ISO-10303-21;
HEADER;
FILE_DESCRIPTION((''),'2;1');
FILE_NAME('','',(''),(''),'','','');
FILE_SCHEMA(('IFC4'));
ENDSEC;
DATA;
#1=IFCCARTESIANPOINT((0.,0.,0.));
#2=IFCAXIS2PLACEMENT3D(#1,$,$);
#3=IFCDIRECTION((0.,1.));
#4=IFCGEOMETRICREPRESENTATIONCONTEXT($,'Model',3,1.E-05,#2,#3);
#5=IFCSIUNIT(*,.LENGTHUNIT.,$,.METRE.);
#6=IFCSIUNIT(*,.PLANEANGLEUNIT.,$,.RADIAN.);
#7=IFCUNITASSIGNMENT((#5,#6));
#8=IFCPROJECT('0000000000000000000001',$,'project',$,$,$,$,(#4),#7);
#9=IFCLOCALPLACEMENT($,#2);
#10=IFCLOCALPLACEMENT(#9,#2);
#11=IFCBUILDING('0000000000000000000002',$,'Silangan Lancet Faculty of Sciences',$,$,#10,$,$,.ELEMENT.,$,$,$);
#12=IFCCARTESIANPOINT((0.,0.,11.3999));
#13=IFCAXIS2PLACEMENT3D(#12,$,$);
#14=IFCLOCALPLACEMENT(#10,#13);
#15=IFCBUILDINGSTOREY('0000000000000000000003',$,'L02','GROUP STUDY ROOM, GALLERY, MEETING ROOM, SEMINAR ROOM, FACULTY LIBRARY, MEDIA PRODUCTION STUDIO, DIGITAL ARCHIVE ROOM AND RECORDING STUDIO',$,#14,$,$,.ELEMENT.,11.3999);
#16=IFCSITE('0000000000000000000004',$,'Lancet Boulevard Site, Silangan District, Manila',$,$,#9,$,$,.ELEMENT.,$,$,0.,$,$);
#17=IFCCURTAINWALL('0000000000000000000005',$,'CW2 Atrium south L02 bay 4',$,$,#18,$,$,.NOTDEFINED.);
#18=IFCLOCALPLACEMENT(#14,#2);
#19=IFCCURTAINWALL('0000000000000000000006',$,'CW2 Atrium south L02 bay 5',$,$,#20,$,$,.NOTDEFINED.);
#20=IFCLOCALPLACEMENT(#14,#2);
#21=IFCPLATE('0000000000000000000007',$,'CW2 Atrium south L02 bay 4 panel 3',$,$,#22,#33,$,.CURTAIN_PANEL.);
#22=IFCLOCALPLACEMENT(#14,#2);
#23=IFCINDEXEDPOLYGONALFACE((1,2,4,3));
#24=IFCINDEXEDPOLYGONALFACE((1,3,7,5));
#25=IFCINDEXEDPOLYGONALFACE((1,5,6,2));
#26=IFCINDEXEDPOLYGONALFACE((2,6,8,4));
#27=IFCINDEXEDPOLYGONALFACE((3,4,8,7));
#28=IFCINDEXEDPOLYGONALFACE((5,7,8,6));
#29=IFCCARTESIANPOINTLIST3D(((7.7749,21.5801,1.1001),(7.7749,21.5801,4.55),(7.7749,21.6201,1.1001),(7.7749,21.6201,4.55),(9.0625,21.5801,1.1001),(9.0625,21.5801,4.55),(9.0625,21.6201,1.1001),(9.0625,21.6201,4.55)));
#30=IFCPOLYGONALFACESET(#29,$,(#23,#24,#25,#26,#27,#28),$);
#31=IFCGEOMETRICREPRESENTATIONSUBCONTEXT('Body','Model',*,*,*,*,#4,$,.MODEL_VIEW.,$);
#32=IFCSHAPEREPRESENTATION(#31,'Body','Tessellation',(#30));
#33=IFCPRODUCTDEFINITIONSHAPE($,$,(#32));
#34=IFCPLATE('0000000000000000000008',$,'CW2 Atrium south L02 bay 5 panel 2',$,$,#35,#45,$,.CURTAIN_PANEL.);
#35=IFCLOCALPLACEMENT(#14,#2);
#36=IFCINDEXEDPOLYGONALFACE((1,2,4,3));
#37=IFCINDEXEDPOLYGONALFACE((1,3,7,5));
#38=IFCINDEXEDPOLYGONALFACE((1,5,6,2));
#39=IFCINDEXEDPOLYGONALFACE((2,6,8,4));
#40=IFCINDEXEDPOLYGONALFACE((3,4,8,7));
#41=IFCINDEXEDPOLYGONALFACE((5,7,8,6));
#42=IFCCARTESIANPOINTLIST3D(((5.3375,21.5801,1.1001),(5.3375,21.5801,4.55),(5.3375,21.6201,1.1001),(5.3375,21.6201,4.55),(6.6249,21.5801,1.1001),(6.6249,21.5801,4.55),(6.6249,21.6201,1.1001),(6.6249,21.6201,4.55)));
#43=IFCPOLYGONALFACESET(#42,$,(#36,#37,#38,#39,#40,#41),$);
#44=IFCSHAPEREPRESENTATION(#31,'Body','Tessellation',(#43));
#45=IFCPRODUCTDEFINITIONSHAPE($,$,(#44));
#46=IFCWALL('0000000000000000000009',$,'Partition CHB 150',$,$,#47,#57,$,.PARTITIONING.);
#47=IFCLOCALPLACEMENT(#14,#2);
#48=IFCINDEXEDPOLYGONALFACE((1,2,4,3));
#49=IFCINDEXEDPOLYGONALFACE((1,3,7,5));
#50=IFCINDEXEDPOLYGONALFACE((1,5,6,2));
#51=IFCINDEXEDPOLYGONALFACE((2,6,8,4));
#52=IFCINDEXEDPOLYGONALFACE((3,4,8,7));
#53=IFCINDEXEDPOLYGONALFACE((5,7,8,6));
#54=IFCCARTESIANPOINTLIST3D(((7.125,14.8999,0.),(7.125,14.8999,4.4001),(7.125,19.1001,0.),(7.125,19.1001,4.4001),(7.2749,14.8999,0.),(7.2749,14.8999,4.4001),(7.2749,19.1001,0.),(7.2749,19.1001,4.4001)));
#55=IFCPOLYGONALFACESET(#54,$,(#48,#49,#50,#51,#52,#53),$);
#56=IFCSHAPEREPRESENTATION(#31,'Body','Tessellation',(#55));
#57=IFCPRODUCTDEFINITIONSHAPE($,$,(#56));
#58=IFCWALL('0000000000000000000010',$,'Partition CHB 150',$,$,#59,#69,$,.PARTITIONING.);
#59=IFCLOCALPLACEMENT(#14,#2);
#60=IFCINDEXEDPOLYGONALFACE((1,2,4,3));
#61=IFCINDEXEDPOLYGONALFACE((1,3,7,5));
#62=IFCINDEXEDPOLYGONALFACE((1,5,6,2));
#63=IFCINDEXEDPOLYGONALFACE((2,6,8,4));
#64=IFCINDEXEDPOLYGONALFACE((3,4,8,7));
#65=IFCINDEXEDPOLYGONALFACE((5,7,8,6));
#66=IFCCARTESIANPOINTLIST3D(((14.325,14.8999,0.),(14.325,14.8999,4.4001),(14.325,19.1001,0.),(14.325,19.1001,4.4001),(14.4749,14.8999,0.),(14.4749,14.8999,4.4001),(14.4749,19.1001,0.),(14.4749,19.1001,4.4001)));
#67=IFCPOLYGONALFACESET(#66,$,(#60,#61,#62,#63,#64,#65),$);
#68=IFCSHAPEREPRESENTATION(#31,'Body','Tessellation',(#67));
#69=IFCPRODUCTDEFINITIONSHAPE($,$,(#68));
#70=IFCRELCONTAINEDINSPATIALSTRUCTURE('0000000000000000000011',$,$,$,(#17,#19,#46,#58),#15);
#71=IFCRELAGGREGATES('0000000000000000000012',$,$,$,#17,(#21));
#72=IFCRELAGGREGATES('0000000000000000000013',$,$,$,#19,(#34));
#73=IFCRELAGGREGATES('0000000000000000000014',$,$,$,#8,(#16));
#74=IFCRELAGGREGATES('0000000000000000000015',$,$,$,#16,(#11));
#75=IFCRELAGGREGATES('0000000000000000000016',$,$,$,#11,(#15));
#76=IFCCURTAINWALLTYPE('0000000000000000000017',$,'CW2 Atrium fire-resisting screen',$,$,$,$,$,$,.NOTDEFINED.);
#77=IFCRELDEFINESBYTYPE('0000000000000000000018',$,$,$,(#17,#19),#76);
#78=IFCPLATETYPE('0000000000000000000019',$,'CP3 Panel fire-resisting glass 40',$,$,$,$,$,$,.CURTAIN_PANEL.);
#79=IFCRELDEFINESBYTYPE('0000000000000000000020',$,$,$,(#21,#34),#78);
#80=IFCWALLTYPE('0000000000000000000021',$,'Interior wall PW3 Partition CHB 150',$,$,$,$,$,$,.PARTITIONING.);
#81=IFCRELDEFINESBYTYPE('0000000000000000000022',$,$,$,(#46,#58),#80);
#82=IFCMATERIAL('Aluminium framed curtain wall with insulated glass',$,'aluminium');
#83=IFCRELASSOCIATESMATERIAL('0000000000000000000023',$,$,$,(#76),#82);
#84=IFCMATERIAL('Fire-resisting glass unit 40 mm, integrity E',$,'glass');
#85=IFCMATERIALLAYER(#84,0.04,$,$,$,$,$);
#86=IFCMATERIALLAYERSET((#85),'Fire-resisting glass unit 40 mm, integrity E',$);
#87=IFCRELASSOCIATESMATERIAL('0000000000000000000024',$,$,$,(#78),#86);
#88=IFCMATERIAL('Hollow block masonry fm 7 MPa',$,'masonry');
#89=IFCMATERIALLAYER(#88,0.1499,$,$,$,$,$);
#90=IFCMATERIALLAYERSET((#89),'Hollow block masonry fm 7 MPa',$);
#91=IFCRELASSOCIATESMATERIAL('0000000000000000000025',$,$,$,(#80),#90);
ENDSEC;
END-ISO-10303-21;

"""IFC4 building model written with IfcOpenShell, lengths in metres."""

from ifc_helpers import new_model, si_unit, direction, frame, frame_2d, origin, origin_2d, place, context, subcontext, project, spatial, rectangle, extrude, material, layer, layer_set, type_object, element, aggregate, save


model = new_model("IFC4")

# Units and contexts
model_context = context("Model", 3, precision=1e-05, world=origin(), true_north=direction((0.0, 1.0)))
body_context = subcontext(model_context, "Body", "Model", "MODEL_VIEW")
ifc_project = project(units=[si_unit("LENGTHUNIT", "METRE"), si_unit("PLANEANGLEUNIT", "RADIAN")], contexts=[model_context])

# Site, building, storey
site_placement = place(None, origin())
site = spatial("IfcSite", under=ifc_project, at=site_placement, Name="Lancet Boulevard Site, Silangan District, Manila", CompositionType="ELEMENT", RefElevation=0.0)
building_placement = place(site_placement, origin())
building = spatial("IfcBuilding", under=site, at=building_placement, Name="Silangan Lancet Faculty of Sciences", CompositionType="ELEMENT")
storey_placement = place(building_placement, frame((0.0, 0.0, 11.3999)))
storey = spatial("IfcBuildingStorey", under=building, at=storey_placement, Name="L02", Description="GROUP STUDY ROOM, GALLERY, MEETING ROOM, SEMINAR ROOM, FACULTY LIBRARY, MEDIA PRODUCTION STUDIO, DIGITAL ARCHIVE ROOM AND RECORDING STUDIO", CompositionType="ELEMENT", Elevation=11.3999)

# Shared definitions
ifc_material_1 = material(Name="Aluminium framed curtain wall with insulated glass", Category="aluminium")
curtain_wall_type = type_object("IfcCurtainWallType", Name="CW2 Atrium fire-resisting screen", PredefinedType="NOTDEFINED", material=ifc_material_1)

# Curtain wall
curtain_wall_1_placement = place(storey_placement, origin())
curtain_wall_1 = element("IfcCurtainWall", 1, at=curtain_wall_1_placement, inside=storey, type_object=curtain_wall_type, Name="CW2 Atrium south L02 bay 4", PredefinedType="NOTDEFINED")

# Curtain wall
curtain_wall_2_placement = place(storey_placement, origin())
curtain_wall_2 = element("IfcCurtainWall", 2, at=curtain_wall_2_placement, inside=storey, type_object=curtain_wall_type, Name="CW2 Atrium south L02 bay 5", PredefinedType="NOTDEFINED")

# Plates
ifc_material_2 = material(Name="Fire-resisting glass unit 40 mm, integrity E", Category="glass")
ifc_layer_1 = layer(ifc_material_2, 0.04)
ifc_layer_set_1 = layer_set([ifc_layer_1], Name="Fire-resisting glass unit 40 mm, integrity E")
plate_type = type_object("IfcPlateType", Name="CP3 Panel fire-resisting glass 40", PredefinedType="CURTAIN_PANEL", material=ifc_layer_set_1)
plate_1_placement = place(storey_placement, frame((8.4187, 21.6001, 1.1001), z_axis=(0.0, 0.0, 1.0), x_axis=(-1.0, 0.0, 0.0)))
plate_1 = element("IfcPlate", 3, at=plate_1_placement, type_object=plate_type, Name="CW2 Atrium south L02 bay 4 panel 3", PredefinedType="CURTAIN_PANEL", context=body_context, shape_type="SweptSolid", body=[
    extrude(rectangle(XDim=1.2876, YDim=0.04, at=origin_2d()), origin(), (0.0, 0.0, 1.0), 3.45),
])
aggregate(curtain_wall_1, [plate_1])
plate_2_placement = place(storey_placement, frame((5.9812, 21.6001, 1.1001), z_axis=(0.0, 0.0, 1.0), x_axis=(-1.0, 0.0, 0.0)))
plate_2 = element("IfcPlate", 4, at=plate_2_placement, type_object=plate_type, Name="CW2 Atrium south L02 bay 5 panel 2", PredefinedType="CURTAIN_PANEL", context=body_context, shape_type="SweptSolid", body=[
    extrude(rectangle(XDim=1.2874, YDim=0.04, at=origin_2d()), origin(), (0.0, 0.0, 1.0), 3.45),
])
aggregate(curtain_wall_2, [plate_2])

# Walls
ifc_material_3 = material(Name="Hollow block masonry fm 7 MPa", Category="masonry")
ifc_layer_2 = layer(ifc_material_3, 0.1499)
ifc_layer_set_2 = layer_set([ifc_layer_2], Name="Hollow block masonry fm 7 MPa")
wall_type = type_object("IfcWallType", Name="Interior wall PW3 Partition CHB 150", PredefinedType="PARTITIONING", material=ifc_layer_set_2)
for number, where, z_axis, x_axis, name in (
    (5, (7.2, 14.8999, 0.0), (0.0, 0.0, 1.0), (0.0, 1.0, 0.0), "Partition CHB 150"),
    (6, (14.3999, 14.8999, 0.0), (0.0, 0.0, 1.0), (0.0, 1.0, 0.0), "Partition CHB 150"),
):
    element("IfcWall", number, at=place(storey_placement, frame(where, z_axis=z_axis, x_axis=x_axis)), inside=storey, type_object=wall_type, Name=name, PredefinedType="PARTITIONING", context=body_context, shape_type="SweptSolid", body=[
        extrude(rectangle(XDim=4.2002, YDim=0.1499, at=frame_2d((2.1001, 0.0))), origin(), (0.0, 0.0, 1.0), 4.4001),
    ])

save(model, "model.ifc")
